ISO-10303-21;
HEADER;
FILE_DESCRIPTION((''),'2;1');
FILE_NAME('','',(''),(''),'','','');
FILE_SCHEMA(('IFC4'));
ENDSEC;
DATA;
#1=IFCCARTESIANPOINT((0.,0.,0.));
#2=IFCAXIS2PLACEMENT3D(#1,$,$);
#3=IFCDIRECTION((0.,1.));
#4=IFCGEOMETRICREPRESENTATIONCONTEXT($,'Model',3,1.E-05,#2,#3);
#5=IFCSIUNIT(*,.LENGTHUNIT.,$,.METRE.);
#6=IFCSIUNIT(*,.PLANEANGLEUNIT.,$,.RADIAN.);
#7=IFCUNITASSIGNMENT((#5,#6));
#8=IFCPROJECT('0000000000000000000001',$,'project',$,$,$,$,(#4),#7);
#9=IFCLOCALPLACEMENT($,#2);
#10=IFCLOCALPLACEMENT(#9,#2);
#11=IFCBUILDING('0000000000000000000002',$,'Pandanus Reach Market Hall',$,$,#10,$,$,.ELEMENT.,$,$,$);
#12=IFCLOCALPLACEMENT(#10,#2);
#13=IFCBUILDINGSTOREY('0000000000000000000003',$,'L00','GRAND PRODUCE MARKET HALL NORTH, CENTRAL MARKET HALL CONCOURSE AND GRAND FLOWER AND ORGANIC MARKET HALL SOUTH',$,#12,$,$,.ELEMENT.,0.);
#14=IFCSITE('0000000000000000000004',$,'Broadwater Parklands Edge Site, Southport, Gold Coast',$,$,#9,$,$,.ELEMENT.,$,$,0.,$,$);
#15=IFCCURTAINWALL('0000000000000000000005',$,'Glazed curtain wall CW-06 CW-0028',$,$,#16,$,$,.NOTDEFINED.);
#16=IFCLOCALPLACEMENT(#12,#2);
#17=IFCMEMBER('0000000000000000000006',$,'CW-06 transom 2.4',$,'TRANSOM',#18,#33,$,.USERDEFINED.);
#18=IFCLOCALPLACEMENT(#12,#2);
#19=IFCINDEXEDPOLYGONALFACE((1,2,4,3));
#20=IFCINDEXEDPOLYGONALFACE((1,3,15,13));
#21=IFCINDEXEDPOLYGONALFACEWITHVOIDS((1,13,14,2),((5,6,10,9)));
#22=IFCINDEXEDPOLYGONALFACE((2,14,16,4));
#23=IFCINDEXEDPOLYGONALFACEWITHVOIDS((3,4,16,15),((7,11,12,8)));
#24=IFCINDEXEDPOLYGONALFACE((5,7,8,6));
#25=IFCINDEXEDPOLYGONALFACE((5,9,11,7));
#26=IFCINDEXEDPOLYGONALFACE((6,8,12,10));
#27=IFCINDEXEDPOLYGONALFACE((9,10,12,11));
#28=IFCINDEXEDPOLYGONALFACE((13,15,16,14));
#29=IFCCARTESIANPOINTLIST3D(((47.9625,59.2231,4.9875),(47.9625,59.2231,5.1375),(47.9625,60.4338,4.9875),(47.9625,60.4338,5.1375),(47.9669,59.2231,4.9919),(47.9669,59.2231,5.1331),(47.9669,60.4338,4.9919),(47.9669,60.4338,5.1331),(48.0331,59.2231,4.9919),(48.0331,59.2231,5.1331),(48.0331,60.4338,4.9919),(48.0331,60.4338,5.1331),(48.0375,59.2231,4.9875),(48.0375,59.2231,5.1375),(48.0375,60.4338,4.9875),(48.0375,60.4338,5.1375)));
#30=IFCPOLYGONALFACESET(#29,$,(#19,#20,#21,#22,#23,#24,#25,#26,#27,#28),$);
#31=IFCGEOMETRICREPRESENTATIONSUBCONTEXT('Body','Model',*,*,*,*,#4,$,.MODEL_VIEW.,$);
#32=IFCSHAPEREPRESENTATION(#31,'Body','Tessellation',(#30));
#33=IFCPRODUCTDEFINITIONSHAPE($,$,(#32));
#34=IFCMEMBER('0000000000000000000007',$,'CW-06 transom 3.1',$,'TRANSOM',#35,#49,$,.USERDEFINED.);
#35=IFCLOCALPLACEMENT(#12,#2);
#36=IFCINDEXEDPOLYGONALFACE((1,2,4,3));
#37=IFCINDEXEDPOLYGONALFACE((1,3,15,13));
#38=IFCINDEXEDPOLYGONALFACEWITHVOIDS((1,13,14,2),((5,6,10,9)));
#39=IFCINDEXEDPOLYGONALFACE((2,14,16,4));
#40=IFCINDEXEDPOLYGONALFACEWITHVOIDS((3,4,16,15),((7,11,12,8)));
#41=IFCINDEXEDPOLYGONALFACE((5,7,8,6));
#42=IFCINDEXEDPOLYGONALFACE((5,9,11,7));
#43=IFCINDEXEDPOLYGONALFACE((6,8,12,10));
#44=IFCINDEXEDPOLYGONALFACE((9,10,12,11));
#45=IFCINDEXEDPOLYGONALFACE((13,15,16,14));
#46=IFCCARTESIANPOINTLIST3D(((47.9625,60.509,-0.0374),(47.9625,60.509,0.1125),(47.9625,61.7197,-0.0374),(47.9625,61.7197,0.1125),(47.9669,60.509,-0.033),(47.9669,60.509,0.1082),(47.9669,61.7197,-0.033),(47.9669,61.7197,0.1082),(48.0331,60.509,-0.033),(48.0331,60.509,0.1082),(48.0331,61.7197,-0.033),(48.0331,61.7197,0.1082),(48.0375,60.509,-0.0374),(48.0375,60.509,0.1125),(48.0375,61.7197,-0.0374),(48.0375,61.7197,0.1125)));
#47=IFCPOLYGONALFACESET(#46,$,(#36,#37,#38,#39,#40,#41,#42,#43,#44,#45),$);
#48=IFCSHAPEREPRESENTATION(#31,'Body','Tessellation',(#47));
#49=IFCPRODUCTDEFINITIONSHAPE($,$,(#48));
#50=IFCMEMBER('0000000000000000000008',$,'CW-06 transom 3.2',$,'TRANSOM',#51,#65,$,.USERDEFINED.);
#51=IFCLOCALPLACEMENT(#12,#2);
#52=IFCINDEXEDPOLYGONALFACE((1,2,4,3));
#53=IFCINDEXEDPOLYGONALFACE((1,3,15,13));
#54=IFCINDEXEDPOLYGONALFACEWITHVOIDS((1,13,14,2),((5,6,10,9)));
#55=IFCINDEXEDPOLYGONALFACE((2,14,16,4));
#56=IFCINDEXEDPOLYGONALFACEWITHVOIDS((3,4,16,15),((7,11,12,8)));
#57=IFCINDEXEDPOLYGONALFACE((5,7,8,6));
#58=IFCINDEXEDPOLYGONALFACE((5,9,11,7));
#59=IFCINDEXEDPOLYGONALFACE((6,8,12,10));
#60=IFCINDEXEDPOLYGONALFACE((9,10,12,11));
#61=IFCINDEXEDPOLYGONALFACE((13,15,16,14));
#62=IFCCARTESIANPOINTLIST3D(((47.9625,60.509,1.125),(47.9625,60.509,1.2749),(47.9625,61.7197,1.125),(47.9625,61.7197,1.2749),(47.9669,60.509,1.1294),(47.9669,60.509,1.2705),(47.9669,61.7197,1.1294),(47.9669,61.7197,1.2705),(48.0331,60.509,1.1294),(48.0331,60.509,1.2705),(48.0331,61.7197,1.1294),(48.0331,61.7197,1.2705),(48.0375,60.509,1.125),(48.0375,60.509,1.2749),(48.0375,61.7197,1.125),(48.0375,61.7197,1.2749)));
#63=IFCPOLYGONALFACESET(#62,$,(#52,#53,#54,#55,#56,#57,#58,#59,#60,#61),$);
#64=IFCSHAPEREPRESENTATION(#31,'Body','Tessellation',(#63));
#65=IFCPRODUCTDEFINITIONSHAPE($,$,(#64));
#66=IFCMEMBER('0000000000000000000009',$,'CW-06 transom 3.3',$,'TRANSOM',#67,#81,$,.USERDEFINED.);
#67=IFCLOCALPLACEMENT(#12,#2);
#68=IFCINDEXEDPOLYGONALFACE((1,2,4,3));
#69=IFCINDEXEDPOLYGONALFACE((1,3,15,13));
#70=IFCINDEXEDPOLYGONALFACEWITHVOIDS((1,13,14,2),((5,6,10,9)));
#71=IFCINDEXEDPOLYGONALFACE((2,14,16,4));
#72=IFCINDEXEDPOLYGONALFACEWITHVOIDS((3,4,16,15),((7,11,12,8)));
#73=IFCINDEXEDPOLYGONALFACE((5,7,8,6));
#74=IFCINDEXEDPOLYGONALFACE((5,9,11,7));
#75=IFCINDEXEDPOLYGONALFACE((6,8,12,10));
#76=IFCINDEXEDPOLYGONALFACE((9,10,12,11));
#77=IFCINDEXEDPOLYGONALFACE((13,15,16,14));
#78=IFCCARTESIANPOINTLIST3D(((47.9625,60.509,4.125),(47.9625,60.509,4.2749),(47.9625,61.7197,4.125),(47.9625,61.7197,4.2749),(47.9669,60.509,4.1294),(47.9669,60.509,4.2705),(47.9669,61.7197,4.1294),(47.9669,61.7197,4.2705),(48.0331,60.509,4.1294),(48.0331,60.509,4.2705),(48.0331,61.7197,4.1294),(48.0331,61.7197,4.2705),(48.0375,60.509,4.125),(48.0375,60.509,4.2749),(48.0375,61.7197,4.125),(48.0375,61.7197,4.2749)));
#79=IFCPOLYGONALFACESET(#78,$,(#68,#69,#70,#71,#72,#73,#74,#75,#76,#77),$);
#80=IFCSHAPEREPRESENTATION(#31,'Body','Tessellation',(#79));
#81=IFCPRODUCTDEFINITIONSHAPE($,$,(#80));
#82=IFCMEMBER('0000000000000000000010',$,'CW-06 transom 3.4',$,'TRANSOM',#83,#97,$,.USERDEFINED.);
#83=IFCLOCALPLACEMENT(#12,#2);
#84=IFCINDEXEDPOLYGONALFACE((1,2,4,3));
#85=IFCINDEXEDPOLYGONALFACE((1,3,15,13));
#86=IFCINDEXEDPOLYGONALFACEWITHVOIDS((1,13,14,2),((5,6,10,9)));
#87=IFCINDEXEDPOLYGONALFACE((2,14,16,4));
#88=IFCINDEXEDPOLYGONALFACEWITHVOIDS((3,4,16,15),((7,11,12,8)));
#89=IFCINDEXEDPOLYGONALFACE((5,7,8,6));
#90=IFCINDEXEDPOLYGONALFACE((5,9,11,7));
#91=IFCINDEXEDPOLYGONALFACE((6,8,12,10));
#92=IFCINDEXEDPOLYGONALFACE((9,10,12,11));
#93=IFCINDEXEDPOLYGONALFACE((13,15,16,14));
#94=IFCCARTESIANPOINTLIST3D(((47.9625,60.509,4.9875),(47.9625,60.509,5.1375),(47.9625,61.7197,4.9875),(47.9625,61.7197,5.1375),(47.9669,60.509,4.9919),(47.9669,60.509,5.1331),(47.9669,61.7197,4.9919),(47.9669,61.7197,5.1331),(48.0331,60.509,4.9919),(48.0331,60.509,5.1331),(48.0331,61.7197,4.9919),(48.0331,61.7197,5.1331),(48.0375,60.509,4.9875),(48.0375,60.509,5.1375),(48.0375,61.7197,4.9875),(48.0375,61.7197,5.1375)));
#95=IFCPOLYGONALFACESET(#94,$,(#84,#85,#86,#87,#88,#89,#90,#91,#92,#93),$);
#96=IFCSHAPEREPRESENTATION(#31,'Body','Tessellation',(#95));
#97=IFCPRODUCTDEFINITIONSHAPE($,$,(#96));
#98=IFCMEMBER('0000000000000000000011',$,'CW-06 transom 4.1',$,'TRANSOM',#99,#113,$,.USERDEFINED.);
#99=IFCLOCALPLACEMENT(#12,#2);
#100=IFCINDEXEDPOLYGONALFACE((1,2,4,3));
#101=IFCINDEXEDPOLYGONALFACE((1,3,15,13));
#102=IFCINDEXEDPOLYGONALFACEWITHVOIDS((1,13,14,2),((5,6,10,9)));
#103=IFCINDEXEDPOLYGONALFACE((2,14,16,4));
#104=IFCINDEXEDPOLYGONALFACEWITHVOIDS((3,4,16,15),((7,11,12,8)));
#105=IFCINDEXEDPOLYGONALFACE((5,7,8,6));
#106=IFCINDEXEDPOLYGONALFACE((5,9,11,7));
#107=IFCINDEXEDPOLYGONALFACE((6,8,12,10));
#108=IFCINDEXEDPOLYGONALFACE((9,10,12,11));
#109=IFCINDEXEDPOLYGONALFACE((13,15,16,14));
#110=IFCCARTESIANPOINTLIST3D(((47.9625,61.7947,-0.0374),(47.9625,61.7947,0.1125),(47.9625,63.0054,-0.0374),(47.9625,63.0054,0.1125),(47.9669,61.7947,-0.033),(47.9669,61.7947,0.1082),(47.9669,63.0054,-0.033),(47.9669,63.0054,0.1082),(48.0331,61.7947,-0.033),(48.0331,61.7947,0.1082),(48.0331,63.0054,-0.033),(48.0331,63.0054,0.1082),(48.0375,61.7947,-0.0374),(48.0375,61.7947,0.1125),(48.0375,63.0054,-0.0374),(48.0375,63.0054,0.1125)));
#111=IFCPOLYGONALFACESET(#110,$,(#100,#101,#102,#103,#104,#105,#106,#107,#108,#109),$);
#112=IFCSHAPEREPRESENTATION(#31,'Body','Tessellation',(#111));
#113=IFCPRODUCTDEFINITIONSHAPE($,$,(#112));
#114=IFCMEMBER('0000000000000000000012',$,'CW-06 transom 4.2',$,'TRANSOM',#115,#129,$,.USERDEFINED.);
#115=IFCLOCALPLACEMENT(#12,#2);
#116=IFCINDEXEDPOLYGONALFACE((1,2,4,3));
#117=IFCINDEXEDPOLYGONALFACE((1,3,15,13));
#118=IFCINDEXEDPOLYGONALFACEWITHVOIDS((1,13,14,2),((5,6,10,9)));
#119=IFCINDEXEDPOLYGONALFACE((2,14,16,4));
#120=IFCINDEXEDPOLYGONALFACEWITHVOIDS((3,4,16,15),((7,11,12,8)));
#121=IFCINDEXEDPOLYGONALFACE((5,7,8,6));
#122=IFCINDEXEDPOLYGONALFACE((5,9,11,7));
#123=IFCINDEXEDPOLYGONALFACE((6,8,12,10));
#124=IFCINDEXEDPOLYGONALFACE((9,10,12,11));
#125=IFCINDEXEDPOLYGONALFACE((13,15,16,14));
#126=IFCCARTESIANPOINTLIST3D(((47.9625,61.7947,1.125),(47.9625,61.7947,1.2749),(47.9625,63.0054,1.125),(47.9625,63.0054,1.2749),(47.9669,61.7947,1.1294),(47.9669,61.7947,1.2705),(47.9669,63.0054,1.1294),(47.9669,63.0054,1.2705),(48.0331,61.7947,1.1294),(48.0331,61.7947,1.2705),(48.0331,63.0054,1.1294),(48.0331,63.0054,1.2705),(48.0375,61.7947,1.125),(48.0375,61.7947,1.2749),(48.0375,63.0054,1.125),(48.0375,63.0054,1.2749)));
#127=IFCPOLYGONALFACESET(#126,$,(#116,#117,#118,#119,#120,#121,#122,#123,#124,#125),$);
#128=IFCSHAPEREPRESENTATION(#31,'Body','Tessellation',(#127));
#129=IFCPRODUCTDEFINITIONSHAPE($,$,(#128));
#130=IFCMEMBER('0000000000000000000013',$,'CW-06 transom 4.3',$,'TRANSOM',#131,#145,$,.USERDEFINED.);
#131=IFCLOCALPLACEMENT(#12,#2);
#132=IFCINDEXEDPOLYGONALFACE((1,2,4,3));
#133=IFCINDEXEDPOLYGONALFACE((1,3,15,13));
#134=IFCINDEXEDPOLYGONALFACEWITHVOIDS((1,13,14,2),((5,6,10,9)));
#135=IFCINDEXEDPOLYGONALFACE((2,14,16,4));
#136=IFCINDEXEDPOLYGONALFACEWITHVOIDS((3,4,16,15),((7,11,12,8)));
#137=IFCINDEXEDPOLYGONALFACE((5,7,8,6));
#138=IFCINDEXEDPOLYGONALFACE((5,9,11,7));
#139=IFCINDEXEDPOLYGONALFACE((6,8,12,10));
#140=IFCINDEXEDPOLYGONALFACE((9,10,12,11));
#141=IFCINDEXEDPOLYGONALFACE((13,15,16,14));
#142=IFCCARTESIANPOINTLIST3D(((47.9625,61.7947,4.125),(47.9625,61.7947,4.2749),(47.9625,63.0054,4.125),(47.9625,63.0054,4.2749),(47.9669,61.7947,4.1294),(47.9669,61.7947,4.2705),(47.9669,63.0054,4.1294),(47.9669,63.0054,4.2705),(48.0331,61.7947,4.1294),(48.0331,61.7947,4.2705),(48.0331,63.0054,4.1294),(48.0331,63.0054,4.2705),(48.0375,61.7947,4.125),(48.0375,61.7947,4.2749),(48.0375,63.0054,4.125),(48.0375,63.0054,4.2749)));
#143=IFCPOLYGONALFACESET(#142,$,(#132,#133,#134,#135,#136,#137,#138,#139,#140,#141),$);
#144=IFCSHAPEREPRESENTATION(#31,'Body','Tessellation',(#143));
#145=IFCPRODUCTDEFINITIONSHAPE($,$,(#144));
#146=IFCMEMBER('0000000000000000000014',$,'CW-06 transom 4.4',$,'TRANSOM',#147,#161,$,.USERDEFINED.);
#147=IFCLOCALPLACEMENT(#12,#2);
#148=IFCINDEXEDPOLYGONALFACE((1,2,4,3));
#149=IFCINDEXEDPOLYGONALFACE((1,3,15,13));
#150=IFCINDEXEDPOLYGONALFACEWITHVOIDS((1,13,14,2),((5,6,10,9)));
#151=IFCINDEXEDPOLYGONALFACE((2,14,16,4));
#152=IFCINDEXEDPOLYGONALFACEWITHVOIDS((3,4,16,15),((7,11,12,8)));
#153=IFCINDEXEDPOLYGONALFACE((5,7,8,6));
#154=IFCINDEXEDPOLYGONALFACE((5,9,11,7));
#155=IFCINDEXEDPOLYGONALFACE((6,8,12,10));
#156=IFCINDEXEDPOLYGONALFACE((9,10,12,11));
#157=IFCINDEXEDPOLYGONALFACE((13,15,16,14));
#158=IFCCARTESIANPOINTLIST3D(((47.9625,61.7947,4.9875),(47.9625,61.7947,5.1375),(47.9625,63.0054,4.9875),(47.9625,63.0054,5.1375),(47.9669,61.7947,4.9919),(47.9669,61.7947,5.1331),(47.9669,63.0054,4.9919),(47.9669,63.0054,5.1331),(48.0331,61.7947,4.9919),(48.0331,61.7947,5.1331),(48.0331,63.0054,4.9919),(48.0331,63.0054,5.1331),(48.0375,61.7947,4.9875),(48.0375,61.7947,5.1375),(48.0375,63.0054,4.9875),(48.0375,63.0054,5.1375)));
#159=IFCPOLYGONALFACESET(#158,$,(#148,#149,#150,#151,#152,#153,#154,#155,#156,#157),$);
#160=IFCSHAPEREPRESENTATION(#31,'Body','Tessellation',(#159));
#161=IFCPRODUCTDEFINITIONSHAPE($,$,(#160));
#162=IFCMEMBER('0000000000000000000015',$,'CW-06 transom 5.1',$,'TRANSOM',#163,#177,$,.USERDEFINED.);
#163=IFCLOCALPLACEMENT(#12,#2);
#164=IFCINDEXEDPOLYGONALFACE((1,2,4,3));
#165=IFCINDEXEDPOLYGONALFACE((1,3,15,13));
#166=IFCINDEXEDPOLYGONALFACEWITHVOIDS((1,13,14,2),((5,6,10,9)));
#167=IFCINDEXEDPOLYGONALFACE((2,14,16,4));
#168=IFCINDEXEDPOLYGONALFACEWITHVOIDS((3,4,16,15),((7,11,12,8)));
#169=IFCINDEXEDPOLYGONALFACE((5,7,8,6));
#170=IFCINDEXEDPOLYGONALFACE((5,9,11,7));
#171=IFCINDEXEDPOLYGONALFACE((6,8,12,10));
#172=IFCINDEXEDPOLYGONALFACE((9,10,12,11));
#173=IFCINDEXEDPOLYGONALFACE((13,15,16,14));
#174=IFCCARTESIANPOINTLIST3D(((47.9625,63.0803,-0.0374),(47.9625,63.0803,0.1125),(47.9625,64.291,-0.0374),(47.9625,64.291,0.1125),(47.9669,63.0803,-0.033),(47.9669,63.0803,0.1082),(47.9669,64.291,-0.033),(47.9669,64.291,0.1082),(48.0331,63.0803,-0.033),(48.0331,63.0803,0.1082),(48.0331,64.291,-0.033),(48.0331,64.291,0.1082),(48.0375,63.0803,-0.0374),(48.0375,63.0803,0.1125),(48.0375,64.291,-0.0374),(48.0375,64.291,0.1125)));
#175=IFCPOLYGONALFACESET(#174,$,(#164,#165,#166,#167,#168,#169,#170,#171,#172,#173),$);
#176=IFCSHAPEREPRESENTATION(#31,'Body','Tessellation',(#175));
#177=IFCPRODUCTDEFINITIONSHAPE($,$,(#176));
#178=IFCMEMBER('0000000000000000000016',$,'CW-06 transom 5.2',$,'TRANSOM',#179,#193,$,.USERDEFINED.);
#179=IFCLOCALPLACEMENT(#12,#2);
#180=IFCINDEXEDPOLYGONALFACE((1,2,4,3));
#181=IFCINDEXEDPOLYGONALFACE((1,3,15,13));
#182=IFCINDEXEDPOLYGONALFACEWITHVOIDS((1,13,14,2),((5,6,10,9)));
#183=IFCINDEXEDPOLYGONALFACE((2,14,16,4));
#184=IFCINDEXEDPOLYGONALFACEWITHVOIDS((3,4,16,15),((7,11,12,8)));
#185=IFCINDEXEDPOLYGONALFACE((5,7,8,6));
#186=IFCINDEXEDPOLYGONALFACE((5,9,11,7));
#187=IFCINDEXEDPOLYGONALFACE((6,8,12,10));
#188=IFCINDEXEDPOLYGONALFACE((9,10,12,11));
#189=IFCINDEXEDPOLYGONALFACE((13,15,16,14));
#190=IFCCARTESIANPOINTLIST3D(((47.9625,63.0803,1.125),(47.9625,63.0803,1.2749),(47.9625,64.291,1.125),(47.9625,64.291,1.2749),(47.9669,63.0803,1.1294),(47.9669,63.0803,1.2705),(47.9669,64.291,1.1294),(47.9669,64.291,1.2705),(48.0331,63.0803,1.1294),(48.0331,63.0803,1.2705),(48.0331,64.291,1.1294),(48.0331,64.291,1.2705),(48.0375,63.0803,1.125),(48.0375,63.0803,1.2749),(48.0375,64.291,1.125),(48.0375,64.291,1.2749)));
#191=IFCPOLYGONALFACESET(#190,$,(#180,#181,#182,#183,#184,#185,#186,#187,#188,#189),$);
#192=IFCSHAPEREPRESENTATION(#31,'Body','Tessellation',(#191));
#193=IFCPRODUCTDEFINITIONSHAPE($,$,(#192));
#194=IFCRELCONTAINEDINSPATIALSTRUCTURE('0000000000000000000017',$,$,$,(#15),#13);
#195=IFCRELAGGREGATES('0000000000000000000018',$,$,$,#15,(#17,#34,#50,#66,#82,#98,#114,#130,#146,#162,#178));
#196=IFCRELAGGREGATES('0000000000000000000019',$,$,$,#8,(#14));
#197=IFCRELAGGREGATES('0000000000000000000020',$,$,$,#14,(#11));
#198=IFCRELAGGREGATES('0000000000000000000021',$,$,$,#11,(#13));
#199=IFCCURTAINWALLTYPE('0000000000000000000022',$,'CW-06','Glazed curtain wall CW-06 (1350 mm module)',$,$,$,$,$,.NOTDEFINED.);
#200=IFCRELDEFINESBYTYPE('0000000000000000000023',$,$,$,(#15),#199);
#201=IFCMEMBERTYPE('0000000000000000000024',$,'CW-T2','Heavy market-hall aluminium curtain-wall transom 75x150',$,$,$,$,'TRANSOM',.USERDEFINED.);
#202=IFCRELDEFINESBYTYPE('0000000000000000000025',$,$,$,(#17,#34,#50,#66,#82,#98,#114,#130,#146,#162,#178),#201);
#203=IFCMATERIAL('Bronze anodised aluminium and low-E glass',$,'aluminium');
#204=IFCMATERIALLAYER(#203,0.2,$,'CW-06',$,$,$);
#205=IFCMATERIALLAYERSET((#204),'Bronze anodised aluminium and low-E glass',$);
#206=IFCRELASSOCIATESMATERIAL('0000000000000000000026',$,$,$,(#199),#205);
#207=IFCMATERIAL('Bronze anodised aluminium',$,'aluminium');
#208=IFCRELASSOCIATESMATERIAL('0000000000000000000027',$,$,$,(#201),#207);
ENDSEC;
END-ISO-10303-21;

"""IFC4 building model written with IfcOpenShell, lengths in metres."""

from ifc_helpers import new_model, si_unit, direction, frame, origin, origin_2d, place, context, subcontext, project, spatial, hollow_rectangle, extrude, material, layer, layer_set, material_profile, profile_set, type_object, element, aggregate, save


model = new_model("IFC4")

# Units and contexts
model_context = context("Model", 3, precision=1e-05, world=origin(), true_north=direction((0.0, 1.0)))
body_context = subcontext(model_context, "Body", "Model", "MODEL_VIEW")
ifc_project = project(units=[si_unit("LENGTHUNIT", "METRE"), si_unit("PLANEANGLEUNIT", "RADIAN")], contexts=[model_context])

# Site, building, storey
site_placement = place(None, origin())
site = spatial("IfcSite", under=ifc_project, at=site_placement, Name="Broadwater Parklands Edge Site, Southport, Gold Coast", CompositionType="ELEMENT", RefElevation=0.0)
building_placement = place(site_placement, origin())
building = spatial("IfcBuilding", under=site, at=building_placement, Name="Pandanus Reach Market Hall", CompositionType="ELEMENT")
storey_placement = place(building_placement, origin())
storey = spatial("IfcBuildingStorey", under=building, at=storey_placement, Name="L00", Description="GRAND PRODUCE MARKET HALL NORTH, CENTRAL MARKET HALL CONCOURSE AND GRAND FLOWER AND ORGANIC MARKET HALL SOUTH", CompositionType="ELEMENT", Elevation=0.0)

# Curtain wall, members
ifc_material_1 = material(Name="Bronze anodised aluminium and low-E glass", Category="aluminium")
ifc_layer_1 = layer(ifc_material_1, 0.2, Name="CW-06")
ifc_layer_set_1 = layer_set([ifc_layer_1], Name="Bronze anodised aluminium and low-E glass")
curtain_wall_type = type_object("IfcCurtainWallType", Name="CW-06", Description="Glazed curtain wall CW-06 (1350 mm module)", PredefinedType="NOTDEFINED", material=ifc_layer_set_1)
curtain_wall_placement = place(storey_placement, origin())
curtain_wall = element("IfcCurtainWall", 1, at=curtain_wall_placement, inside=storey, type_object=curtain_wall_type, Name="Glazed curtain wall CW-06 CW-0028", PredefinedType="NOTDEFINED")
ifc_material_2 = material(Name="Bronze anodised aluminium", Category="aluminium")
ifc_material_profile_1 = material_profile(ifc_material_2, hollow_rectangle(XDim=0.075, YDim=0.1499, WallThickness=0.0044, at=origin_2d()), Name="ALU75x150", Category="LoadBearing")
ifc_profile_set_1 = profile_set([ifc_material_profile_1], Name="Bronze anodised aluminium")
member_type_1 = type_object("IfcMemberType", Name="CW-T2", Description="Heavy market-hall aluminium curtain-wall transom 75x150", ElementType="TRANSOM", PredefinedType="USERDEFINED", material=ifc_profile_set_1)
member_1_placement = place(storey_placement, frame((48.0, 59.2231, 5.0625), z_axis=(0.0, 1.0, 0.0), x_axis=(-1.0, 0.0, 0.0)))
member_1 = element("IfcMember", 2, at=member_1_placement, type_object=member_type_1, Name="CW-06 transom 2.4", ObjectType="TRANSOM", PredefinedType="USERDEFINED", context=body_context, shape_type="SweptSolid", body=[
    extrude(hollow_rectangle(XDim=0.075, YDim=0.1499, WallThickness=0.0044, at=origin_2d()), origin(), (0.0, 0.0, 1.0), 1.2107),
])
member_2_placement = place(storey_placement, frame((48.0, 60.509, 0.0376), z_axis=(0.0, 1.0, 0.0), x_axis=(-1.0, 0.0, 0.0)))
member_2 = element("IfcMember", 3, at=member_2_placement, type_object=member_type_1, Name="CW-06 transom 3.1", ObjectType="TRANSOM", PredefinedType="USERDEFINED", context=body_context, shape_type="SweptSolid", body=[
    extrude(hollow_rectangle(XDim=0.075, YDim=0.1499, WallThickness=0.0044, at=origin_2d()), origin(), (0.0, 0.0, 1.0), 1.2107),
])
member_3_placement = place(storey_placement, frame((48.0, 60.509, 1.2), z_axis=(0.0, 1.0, 0.0), x_axis=(-1.0, 0.0, 0.0)))
member_3 = element("IfcMember", 4, at=member_3_placement, type_object=member_type_1, Name="CW-06 transom 3.2", ObjectType="TRANSOM", PredefinedType="USERDEFINED", context=body_context, shape_type="SweptSolid", body=[
    extrude(hollow_rectangle(XDim=0.075, YDim=0.1499, WallThickness=0.0044, at=origin_2d()), origin(), (0.0, 0.0, 1.0), 1.2107),
])
member_4_placement = place(storey_placement, frame((48.0, 60.509, 4.2), z_axis=(0.0, 1.0, 0.0), x_axis=(-1.0, 0.0, 0.0)))
member_4 = element("IfcMember", 5, at=member_4_placement, type_object=member_type_1, Name="CW-06 transom 3.3", ObjectType="TRANSOM", PredefinedType="USERDEFINED", context=body_context, shape_type="SweptSolid", body=[
    extrude(hollow_rectangle(XDim=0.075, YDim=0.1499, WallThickness=0.0044, at=origin_2d()), origin(), (0.0, 0.0, 1.0), 1.2107),
])
member_5_placement = place(storey_placement, frame((48.0, 60.509, 5.0625), z_axis=(0.0, 1.0, 0.0), x_axis=(-1.0, 0.0, 0.0)))
member_5 = element("IfcMember", 6, at=member_5_placement, type_object=member_type_1, Name="CW-06 transom 3.4", ObjectType="TRANSOM", PredefinedType="USERDEFINED", context=body_context, shape_type="SweptSolid", body=[
    extrude(hollow_rectangle(XDim=0.075, YDim=0.1499, WallThickness=0.0044, at=origin_2d()), origin(), (0.0, 0.0, 1.0), 1.2107),
])
member_6_placement = place(storey_placement, frame((48.0, 61.7947, 0.0376), z_axis=(0.0, 1.0, 0.0), x_axis=(-1.0, 0.0, 0.0)))
member_6 = element("IfcMember", 7, at=member_6_placement, type_object=member_type_1, Name="CW-06 transom 4.1", ObjectType="TRANSOM", PredefinedType="USERDEFINED", context=body_context, shape_type="SweptSolid", body=[
    extrude(hollow_rectangle(XDim=0.075, YDim=0.1499, WallThickness=0.0044, at=origin_2d()), origin(), (0.0, 0.0, 1.0), 1.2107),
])
member_7_placement = place(storey_placement, frame((48.0, 61.7947, 1.2), z_axis=(0.0, 1.0, 0.0), x_axis=(-1.0, 0.0, 0.0)))
member_7 = element("IfcMember", 8, at=member_7_placement, type_object=member_type_1, Name="CW-06 transom 4.2", ObjectType="TRANSOM", PredefinedType="USERDEFINED", context=body_context, shape_type="SweptSolid", body=[
    extrude(hollow_rectangle(XDim=0.075, YDim=0.1499, WallThickness=0.0044, at=origin_2d()), origin(), (0.0, 0.0, 1.0), 1.2107),
])
member_8_placement = place(storey_placement, frame((48.0, 61.7947, 4.2), z_axis=(0.0, 1.0, 0.0), x_axis=(-1.0, 0.0, 0.0)))
member_8 = element("IfcMember", 9, at=member_8_placement, type_object=member_type_1, Name="CW-06 transom 4.3", ObjectType="TRANSOM", PredefinedType="USERDEFINED", context=body_context, shape_type="SweptSolid", body=[
    extrude(hollow_rectangle(XDim=0.075, YDim=0.1499, WallThickness=0.0044, at=origin_2d()), origin(), (0.0, 0.0, 1.0), 1.2107),
])
member_9_placement = place(storey_placement, frame((48.0, 61.7947, 5.0625), z_axis=(0.0, 1.0, 0.0), x_axis=(-1.0, 0.0, 0.0)))
member_9 = element("IfcMember", 10, at=member_9_placement, type_object=member_type_1, Name="CW-06 transom 4.4", ObjectType="TRANSOM", PredefinedType="USERDEFINED", context=body_context, shape_type="SweptSolid", body=[
    extrude(hollow_rectangle(XDim=0.075, YDim=0.1499, WallThickness=0.0044, at=origin_2d()), origin(), (0.0, 0.0, 1.0), 1.2107),
])
member_10_placement = place(storey_placement, frame((48.0, 63.0803, 0.0376), z_axis=(0.0, 1.0, 0.0), x_axis=(-1.0, 0.0, 0.0)))
member_10 = element("IfcMember", 11, at=member_10_placement, type_object=member_type_1, Name="CW-06 transom 5.1", ObjectType="TRANSOM", PredefinedType="USERDEFINED", context=body_context, shape_type="SweptSolid", body=[
    extrude(hollow_rectangle(XDim=0.075, YDim=0.1499, WallThickness=0.0044, at=origin_2d()), origin(), (0.0, 0.0, 1.0), 1.2107),
])
member_11_placement = place(storey_placement, frame((48.0, 63.0803, 1.2), z_axis=(0.0, 1.0, 0.0), x_axis=(-1.0, 0.0, 0.0)))
member_11 = element("IfcMember", 12, at=member_11_placement, type_object=member_type_1, Name="CW-06 transom 5.2", ObjectType="TRANSOM", PredefinedType="USERDEFINED", context=body_context, shape_type="SweptSolid", body=[
    extrude(hollow_rectangle(XDim=0.075, YDim=0.1499, WallThickness=0.0044, at=origin_2d()), origin(), (0.0, 0.0, 1.0), 1.2107),
])
aggregate(curtain_wall, [member_1, member_2, member_3, member_4, member_5, member_6, member_7, member_8, member_9, member_10, member_11])

save(model, "model.ifc")
